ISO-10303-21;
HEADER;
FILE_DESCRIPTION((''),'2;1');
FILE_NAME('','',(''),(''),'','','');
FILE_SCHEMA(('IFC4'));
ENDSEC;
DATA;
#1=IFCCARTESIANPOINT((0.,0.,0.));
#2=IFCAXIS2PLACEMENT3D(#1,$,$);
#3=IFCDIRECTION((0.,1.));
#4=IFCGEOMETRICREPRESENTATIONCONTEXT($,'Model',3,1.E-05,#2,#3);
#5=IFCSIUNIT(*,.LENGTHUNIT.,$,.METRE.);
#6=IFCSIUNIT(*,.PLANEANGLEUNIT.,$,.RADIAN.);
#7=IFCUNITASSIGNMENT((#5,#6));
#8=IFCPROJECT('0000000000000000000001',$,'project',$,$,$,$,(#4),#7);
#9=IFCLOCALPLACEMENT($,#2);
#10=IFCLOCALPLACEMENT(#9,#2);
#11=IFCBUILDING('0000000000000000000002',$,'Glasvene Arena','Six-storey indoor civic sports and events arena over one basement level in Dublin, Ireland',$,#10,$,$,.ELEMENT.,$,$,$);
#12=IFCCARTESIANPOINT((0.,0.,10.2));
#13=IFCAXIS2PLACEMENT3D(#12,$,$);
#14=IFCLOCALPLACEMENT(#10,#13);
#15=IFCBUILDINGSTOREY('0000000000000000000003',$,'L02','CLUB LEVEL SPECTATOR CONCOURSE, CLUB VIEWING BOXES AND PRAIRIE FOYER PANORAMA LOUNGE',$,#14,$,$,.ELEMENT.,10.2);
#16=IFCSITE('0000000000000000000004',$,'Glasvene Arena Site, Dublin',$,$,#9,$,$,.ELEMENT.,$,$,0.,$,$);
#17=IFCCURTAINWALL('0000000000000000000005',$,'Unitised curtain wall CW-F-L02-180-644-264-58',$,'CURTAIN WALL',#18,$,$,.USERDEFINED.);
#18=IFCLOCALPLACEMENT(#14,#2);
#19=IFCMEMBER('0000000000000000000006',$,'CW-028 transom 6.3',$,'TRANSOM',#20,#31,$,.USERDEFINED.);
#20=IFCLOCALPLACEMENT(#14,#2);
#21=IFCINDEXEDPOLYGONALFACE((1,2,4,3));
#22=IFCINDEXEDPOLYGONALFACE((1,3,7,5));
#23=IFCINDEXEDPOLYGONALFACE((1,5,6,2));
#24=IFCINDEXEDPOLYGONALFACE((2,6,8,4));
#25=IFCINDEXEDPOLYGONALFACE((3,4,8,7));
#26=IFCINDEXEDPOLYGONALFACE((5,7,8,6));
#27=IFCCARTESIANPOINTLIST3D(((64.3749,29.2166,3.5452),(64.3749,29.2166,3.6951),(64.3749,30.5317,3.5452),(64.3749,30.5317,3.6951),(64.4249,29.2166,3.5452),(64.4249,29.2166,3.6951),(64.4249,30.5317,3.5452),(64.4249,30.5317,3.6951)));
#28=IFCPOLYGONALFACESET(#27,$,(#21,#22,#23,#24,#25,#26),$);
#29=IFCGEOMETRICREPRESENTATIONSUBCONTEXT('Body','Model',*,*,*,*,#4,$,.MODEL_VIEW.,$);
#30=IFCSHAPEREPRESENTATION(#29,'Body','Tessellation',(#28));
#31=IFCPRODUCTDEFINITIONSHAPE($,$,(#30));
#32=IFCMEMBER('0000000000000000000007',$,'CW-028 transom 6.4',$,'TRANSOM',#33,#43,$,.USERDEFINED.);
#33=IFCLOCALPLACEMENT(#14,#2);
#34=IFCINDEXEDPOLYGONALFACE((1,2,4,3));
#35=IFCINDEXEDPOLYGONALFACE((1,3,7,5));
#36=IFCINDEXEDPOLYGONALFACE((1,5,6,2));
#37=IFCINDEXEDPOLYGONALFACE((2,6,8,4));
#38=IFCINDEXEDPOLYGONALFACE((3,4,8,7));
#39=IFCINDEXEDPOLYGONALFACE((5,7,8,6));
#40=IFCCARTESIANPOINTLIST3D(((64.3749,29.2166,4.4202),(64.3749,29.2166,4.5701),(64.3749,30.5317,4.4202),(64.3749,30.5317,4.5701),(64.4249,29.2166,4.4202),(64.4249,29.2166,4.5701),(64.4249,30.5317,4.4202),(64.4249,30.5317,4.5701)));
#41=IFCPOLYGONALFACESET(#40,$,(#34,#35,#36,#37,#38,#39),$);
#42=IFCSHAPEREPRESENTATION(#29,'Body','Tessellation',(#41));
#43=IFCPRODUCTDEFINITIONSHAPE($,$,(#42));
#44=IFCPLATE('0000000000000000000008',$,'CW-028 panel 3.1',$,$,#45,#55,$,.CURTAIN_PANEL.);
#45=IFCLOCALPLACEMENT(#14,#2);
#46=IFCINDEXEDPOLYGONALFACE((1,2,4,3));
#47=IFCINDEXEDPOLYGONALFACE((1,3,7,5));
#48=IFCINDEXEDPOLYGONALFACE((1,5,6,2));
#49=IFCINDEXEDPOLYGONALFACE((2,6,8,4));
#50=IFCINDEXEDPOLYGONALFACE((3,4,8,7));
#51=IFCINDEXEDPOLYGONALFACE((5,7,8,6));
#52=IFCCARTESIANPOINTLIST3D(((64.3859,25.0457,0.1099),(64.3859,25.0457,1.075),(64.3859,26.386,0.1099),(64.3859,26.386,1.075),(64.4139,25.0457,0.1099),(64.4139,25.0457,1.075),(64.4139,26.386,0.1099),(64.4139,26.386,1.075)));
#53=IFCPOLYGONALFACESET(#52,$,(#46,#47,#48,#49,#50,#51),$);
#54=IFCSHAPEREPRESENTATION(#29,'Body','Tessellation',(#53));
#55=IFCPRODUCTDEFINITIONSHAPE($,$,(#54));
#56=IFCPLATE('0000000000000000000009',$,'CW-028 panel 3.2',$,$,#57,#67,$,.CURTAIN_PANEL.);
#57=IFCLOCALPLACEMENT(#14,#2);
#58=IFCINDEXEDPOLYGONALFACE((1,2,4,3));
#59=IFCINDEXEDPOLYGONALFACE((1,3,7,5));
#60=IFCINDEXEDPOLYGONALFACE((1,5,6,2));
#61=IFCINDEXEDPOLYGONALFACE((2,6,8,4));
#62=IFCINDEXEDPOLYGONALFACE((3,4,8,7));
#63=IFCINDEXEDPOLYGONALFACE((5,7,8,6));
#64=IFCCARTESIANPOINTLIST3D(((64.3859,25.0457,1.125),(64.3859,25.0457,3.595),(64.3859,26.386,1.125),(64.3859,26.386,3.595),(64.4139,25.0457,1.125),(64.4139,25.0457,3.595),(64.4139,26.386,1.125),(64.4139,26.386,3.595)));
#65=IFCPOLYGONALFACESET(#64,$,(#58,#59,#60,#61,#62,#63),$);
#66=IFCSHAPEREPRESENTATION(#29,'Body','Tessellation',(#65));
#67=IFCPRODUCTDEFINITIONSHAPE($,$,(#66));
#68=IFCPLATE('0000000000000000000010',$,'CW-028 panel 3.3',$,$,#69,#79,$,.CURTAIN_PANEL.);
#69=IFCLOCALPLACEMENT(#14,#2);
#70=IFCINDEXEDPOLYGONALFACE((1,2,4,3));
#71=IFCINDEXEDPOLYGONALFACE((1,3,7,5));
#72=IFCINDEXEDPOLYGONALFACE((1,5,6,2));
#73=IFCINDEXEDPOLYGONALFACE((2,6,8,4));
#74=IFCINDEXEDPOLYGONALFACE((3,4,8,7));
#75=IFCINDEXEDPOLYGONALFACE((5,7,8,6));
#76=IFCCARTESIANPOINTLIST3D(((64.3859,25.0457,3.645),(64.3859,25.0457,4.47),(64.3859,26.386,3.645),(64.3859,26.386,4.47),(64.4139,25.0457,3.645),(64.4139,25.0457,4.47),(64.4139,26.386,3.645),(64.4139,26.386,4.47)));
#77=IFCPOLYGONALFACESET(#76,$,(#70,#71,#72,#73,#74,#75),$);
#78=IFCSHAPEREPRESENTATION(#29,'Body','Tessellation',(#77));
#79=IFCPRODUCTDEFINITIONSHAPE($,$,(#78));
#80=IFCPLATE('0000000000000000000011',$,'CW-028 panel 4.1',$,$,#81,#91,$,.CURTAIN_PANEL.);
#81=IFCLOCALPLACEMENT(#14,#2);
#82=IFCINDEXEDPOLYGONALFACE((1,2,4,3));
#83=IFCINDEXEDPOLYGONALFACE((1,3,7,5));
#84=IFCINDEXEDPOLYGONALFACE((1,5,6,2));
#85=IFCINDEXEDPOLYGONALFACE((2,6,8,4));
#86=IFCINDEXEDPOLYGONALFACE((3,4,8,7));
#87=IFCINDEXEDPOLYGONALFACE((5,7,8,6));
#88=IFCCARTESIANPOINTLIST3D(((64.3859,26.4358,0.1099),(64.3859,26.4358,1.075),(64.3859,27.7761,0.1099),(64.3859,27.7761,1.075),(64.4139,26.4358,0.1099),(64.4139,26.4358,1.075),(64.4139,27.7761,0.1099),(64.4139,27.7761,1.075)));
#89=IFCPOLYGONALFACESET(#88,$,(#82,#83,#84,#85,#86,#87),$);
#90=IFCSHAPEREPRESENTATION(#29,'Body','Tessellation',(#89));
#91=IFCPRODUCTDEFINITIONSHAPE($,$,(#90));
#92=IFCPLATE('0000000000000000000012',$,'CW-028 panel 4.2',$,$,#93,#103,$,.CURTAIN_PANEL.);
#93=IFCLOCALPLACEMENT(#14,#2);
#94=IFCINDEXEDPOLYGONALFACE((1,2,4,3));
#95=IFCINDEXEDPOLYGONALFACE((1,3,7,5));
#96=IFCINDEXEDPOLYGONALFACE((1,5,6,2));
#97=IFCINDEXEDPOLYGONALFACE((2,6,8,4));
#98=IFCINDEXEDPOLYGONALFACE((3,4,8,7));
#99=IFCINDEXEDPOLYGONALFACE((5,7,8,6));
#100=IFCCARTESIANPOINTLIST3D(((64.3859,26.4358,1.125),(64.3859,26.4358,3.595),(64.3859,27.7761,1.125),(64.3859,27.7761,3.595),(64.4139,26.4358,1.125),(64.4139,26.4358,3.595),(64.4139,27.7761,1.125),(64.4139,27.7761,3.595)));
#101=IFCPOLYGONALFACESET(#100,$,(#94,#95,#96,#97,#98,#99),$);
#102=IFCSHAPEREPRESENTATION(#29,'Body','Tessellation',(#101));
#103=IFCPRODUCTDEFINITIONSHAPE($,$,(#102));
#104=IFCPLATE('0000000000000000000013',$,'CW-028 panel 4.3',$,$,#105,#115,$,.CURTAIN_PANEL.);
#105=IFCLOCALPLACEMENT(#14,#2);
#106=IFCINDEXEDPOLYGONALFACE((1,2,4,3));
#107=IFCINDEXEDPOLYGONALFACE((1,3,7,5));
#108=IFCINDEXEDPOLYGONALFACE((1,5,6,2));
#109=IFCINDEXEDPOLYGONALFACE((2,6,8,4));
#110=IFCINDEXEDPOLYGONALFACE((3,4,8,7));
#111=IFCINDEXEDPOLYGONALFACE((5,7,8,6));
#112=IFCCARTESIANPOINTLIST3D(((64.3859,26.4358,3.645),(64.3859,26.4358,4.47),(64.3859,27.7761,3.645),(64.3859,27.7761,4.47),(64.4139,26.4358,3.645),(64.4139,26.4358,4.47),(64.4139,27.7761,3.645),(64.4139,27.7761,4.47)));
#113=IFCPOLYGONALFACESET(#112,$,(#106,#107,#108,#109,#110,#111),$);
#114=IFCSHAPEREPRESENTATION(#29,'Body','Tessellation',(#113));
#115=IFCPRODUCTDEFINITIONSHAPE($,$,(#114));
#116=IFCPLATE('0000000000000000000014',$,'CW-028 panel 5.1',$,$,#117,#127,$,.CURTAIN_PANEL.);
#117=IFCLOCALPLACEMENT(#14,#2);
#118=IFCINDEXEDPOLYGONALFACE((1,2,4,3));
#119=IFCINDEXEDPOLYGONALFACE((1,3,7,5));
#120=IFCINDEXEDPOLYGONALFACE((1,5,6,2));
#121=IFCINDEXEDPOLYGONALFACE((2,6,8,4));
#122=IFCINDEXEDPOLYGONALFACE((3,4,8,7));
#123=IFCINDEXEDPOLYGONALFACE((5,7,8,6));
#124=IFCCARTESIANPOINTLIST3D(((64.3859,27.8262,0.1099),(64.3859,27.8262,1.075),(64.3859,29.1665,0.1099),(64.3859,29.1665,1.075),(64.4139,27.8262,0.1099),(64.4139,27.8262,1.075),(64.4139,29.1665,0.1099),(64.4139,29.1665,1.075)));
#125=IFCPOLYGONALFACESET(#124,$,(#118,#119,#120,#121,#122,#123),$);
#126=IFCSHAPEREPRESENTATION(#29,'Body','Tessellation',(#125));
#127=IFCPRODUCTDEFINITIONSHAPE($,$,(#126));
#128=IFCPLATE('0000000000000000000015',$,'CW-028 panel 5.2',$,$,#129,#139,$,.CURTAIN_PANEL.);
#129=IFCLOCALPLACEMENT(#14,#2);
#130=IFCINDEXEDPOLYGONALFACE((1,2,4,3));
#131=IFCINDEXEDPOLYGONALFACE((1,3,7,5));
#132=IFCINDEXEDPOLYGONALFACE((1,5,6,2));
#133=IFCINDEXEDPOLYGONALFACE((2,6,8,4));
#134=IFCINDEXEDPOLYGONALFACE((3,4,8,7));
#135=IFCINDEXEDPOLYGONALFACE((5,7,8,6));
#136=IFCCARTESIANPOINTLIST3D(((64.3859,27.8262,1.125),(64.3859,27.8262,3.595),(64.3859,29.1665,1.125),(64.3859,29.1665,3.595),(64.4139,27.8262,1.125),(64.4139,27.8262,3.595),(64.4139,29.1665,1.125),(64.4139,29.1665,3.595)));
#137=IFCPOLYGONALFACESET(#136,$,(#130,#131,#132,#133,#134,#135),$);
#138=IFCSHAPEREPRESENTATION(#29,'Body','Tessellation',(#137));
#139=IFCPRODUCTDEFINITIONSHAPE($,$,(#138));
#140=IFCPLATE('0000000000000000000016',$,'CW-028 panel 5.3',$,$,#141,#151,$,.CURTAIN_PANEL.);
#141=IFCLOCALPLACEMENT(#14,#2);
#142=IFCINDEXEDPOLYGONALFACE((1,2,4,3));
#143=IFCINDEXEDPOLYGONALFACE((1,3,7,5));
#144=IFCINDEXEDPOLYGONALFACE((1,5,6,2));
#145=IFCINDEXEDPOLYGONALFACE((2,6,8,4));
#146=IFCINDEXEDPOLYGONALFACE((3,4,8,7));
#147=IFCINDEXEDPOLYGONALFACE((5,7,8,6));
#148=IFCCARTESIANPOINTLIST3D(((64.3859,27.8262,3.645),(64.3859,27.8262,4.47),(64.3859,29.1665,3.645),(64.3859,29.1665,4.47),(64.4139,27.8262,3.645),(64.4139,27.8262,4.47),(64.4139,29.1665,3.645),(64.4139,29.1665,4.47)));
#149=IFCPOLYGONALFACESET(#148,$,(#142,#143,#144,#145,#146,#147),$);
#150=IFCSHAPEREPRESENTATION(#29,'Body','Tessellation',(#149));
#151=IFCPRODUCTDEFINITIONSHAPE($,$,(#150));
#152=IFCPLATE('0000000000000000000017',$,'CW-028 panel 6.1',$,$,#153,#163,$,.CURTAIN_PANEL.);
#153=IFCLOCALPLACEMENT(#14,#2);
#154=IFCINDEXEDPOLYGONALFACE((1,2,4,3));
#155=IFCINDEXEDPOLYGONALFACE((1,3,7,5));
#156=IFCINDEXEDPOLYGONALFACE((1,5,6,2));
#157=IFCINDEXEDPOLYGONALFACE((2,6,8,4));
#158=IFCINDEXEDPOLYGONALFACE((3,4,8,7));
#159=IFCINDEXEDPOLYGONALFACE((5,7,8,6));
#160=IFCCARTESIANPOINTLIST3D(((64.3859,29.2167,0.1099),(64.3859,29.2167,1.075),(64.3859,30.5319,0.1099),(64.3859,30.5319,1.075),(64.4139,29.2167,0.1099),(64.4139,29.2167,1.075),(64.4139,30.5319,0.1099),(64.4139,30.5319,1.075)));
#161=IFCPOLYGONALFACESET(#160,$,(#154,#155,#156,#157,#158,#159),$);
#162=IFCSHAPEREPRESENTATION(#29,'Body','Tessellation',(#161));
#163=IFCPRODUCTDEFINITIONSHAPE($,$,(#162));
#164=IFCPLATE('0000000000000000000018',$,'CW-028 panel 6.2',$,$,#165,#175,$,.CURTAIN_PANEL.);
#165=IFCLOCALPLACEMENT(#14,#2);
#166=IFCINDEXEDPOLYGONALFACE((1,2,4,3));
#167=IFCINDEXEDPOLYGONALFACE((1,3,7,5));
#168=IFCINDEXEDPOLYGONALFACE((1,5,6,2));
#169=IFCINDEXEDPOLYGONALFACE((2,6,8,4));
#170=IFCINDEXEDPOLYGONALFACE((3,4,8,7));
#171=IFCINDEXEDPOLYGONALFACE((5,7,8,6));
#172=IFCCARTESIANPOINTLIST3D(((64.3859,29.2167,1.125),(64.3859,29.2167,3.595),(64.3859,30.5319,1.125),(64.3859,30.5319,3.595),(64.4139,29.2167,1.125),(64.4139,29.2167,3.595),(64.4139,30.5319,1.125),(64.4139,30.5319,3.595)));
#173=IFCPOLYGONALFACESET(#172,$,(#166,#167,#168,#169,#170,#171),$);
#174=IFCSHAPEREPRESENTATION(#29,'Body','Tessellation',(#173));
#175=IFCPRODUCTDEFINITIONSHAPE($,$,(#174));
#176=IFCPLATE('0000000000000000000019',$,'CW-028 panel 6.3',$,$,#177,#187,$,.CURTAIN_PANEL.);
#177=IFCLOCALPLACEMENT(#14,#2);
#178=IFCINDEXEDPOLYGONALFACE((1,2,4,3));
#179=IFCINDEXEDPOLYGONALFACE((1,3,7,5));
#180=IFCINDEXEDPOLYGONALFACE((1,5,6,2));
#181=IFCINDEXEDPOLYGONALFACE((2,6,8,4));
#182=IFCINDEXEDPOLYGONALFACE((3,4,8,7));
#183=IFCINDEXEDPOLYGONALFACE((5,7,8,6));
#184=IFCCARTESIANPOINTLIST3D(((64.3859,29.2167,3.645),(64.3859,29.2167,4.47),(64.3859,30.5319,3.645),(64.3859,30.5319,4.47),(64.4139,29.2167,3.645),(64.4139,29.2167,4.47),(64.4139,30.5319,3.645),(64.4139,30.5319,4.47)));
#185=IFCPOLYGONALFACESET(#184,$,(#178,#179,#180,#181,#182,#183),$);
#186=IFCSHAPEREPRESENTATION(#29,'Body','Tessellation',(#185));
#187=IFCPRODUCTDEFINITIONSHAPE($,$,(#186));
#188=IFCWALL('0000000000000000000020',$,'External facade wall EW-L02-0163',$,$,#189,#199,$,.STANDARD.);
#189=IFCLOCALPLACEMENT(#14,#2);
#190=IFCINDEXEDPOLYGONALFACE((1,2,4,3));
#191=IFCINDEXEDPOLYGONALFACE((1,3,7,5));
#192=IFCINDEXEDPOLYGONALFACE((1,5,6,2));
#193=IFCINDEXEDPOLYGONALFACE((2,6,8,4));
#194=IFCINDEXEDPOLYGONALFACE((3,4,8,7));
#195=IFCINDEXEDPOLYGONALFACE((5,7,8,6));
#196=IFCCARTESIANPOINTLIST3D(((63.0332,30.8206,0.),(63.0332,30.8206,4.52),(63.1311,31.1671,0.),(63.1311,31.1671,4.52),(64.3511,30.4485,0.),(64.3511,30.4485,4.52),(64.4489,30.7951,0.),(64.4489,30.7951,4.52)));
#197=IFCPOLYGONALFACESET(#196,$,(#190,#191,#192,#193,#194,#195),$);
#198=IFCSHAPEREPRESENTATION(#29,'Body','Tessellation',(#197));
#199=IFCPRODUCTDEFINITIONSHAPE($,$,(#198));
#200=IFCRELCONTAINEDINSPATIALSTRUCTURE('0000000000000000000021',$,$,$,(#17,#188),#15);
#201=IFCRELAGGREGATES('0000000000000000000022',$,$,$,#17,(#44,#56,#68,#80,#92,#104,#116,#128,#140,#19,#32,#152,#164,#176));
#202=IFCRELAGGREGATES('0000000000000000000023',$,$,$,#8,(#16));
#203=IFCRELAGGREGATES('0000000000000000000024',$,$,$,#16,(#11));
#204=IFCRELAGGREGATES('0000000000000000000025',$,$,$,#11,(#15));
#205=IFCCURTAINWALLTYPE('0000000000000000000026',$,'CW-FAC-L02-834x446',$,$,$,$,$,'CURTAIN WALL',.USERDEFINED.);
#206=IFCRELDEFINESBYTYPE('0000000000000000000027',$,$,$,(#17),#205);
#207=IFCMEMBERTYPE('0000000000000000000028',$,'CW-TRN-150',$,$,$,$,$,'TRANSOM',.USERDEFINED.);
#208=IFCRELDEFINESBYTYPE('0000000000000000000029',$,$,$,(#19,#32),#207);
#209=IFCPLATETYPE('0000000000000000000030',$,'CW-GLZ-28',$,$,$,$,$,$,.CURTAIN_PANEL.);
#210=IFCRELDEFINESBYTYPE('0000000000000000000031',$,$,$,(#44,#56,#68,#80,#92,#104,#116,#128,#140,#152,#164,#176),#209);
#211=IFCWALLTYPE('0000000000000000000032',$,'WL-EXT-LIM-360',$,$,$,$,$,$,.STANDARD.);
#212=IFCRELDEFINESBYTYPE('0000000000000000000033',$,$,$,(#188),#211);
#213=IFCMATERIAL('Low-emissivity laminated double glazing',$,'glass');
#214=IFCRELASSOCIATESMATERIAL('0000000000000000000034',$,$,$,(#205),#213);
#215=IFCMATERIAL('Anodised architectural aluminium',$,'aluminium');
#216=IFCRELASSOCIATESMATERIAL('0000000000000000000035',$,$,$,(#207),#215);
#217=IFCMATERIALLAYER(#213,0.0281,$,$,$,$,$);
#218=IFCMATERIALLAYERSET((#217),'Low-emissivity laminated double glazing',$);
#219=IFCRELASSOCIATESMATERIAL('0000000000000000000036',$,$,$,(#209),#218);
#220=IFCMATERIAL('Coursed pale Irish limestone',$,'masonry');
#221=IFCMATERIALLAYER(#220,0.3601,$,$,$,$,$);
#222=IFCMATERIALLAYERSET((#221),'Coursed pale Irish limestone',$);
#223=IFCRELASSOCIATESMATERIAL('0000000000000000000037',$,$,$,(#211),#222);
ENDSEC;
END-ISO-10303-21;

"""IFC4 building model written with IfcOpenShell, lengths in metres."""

from ifc_helpers import new_model, si_unit, direction, frame, frame_2d, origin, origin_2d, place, context, subcontext, project, spatial, rectangle, extrude, material, layer, layer_set, material_profile, profile_set, type_object, element, aggregate, save


model = new_model("IFC4")

# Units and contexts
model_context = context("Model", 3, precision=1e-05, world=origin(), true_north=direction((0.0, 1.0)))
body_context = subcontext(model_context, "Body", "Model", "MODEL_VIEW")
ifc_project = project(units=[si_unit("LENGTHUNIT", "METRE"), si_unit("PLANEANGLEUNIT", "RADIAN")], contexts=[model_context])

# Site, building, storey
site_placement = place(None, origin())
site = spatial("IfcSite", under=ifc_project, at=site_placement, Name="Glasvene Arena Site, Dublin", CompositionType="ELEMENT", RefElevation=0.0)
building_placement = place(site_placement, origin())
building = spatial("IfcBuilding", under=site, at=building_placement, Name="Glasvene Arena", Description="Six-storey indoor civic sports and events arena over one basement level in Dublin, Ireland", CompositionType="ELEMENT")
storey_placement = place(building_placement, frame((0.0, 0.0, 10.2)))
storey = spatial("IfcBuildingStorey", under=building, at=storey_placement, Name="L02", Description="CLUB LEVEL SPECTATOR CONCOURSE, CLUB VIEWING BOXES AND PRAIRIE FOYER PANORAMA LOUNGE", CompositionType="ELEMENT", Elevation=10.2)

# Curtain wall, members, plates
ifc_material_1 = material(Name="Low-emissivity laminated double glazing", Category="glass")
curtain_wall_type = type_object("IfcCurtainWallType", Name="CW-FAC-L02-834x446", ElementType="CURTAIN WALL", PredefinedType="USERDEFINED", material=ifc_material_1)
curtain_wall_placement = place(storey_placement, frame((64.3999, 22.24, 0.0)))
curtain_wall = element("IfcCurtainWall", 1, at=curtain_wall_placement, inside=storey, type_object=curtain_wall_type, Name="Unitised curtain wall CW-F-L02-180-644-264-58", ObjectType="CURTAIN WALL", PredefinedType="USERDEFINED")
ifc_material_2 = material(Name="Anodised architectural aluminium", Category="aluminium")
ifc_material_profile_1 = material_profile(ifc_material_2, rectangle(XDim=0.05, YDim=0.1499, at=origin_2d()), Name="ALU TRANSOM 50x150")
ifc_profile_set_1 = profile_set([ifc_material_profile_1], Name="Anodised architectural aluminium")
member_type_1 = type_object("IfcMemberType", Name="CW-TRN-150", ElementType="TRANSOM", PredefinedType="USERDEFINED", material=ifc_profile_set_1)
member_1_placement = place(storey_placement, frame((64.3999, 29.2166, 3.6201), z_axis=(0.0, 1.0, 0.0), x_axis=(-1.0, 0.0, 0.0)))
member_1 = element("IfcMember", 2, at=member_1_placement, type_object=member_type_1, Name="CW-028 transom 6.3", ObjectType="TRANSOM", PredefinedType="USERDEFINED", context=body_context, shape_type="SweptSolid", body=[
    extrude(rectangle(XDim=0.05, YDim=0.1499, at=origin_2d()), origin(), (0.0, 0.0, 1.0), 1.3152),
])
member_2_placement = place(storey_placement, frame((64.3999, 29.2166, 4.4951), z_axis=(0.0, 1.0, 0.0), x_axis=(-1.0, 0.0, 0.0)))
member_2 = element("IfcMember", 3, at=member_2_placement, type_object=member_type_1, Name="CW-028 transom 6.4", ObjectType="TRANSOM", PredefinedType="USERDEFINED", context=body_context, shape_type="SweptSolid", body=[
    extrude(rectangle(XDim=0.05, YDim=0.1499, at=origin_2d()), origin(), (0.0, 0.0, 1.0), 1.3152),
])
ifc_layer_1 = layer(ifc_material_1, 0.0281)
ifc_layer_set_1 = layer_set([ifc_layer_1], Name="Low-emissivity laminated double glazing")
plate_type = type_object("IfcPlateType", Name="CW-GLZ-28", PredefinedType="CURTAIN_PANEL", material=ifc_layer_set_1)
plate_1_placement = place(storey_placement, frame((64.3999, 25.7158, 0.1099), z_axis=(0.0, 0.0, 1.0), x_axis=(0.0, 1.0, 0.0)))
plate_1 = element("IfcPlate", 4, at=plate_1_placement, type_object=plate_type, Name="CW-028 panel 3.1", PredefinedType="CURTAIN_PANEL", context=body_context, shape_type="SweptSolid", body=[
    extrude(rectangle(XDim=1.3403, YDim=0.0281, at=origin_2d()), origin(), (0.0, 0.0, 1.0), 0.9651),
])
plate_2_placement = place(storey_placement, frame((64.3999, 25.7158, 1.125), z_axis=(0.0, 0.0, 1.0), x_axis=(0.0, 1.0, 0.0)))
plate_2 = element("IfcPlate", 5, at=plate_2_placement, type_object=plate_type, Name="CW-028 panel 3.2", PredefinedType="CURTAIN_PANEL", context=body_context, shape_type="SweptSolid", body=[
    extrude(rectangle(XDim=1.3403, YDim=0.0281, at=origin_2d()), origin(), (0.0, 0.0, 1.0), 2.47),
])
plate_3_placement = place(storey_placement, frame((64.3999, 25.7158, 3.645), z_axis=(0.0, 0.0, 1.0), x_axis=(0.0, 1.0, 0.0)))
plate_3 = element("IfcPlate", 6, at=plate_3_placement, type_object=plate_type, Name="CW-028 panel 3.3", PredefinedType="CURTAIN_PANEL", context=body_context, shape_type="SweptSolid", body=[
    extrude(rectangle(XDim=1.3403, YDim=0.0281, at=origin_2d()), origin(), (0.0, 0.0, 1.0), 0.825),
])
plate_4_placement = place(storey_placement, frame((64.3999, 27.106, 0.1099), z_axis=(0.0, 0.0, 1.0), x_axis=(0.0, 1.0, 0.0)))
plate_4 = element("IfcPlate", 7, at=plate_4_placement, type_object=plate_type, Name="CW-028 panel 4.1", PredefinedType="CURTAIN_PANEL", context=body_context, shape_type="SweptSolid", body=[
    extrude(rectangle(XDim=1.3403, YDim=0.0281, at=origin_2d()), origin(), (0.0, 0.0, 1.0), 0.9651),
])
plate_5_placement = place(storey_placement, frame((64.3999, 27.106, 1.125), z_axis=(0.0, 0.0, 1.0), x_axis=(0.0, 1.0, 0.0)))
plate_5 = element("IfcPlate", 8, at=plate_5_placement, type_object=plate_type, Name="CW-028 panel 4.2", PredefinedType="CURTAIN_PANEL", context=body_context, shape_type="SweptSolid", body=[
    extrude(rectangle(XDim=1.3403, YDim=0.0281, at=origin_2d()), origin(), (0.0, 0.0, 1.0), 2.47),
])
plate_6_placement = place(storey_placement, frame((64.3999, 27.106, 3.645), z_axis=(0.0, 0.0, 1.0), x_axis=(0.0, 1.0, 0.0)))
plate_6 = element("IfcPlate", 9, at=plate_6_placement, type_object=plate_type, Name="CW-028 panel 4.3", PredefinedType="CURTAIN_PANEL", context=body_context, shape_type="SweptSolid", body=[
    extrude(rectangle(XDim=1.3403, YDim=0.0281, at=origin_2d()), origin(), (0.0, 0.0, 1.0), 0.825),
])
plate_7_placement = place(storey_placement, frame((64.3999, 28.4963, 0.1099), z_axis=(0.0, 0.0, 1.0), x_axis=(0.0, 1.0, 0.0)))
plate_7 = element("IfcPlate", 10, at=plate_7_placement, type_object=plate_type, Name="CW-028 panel 5.1", PredefinedType="CURTAIN_PANEL", context=body_context, shape_type="SweptSolid", body=[
    extrude(rectangle(XDim=1.3403, YDim=0.0281, at=origin_2d()), origin(), (0.0, 0.0, 1.0), 0.9651),
])
plate_8_placement = place(storey_placement, frame((64.3999, 28.4963, 1.125), z_axis=(0.0, 0.0, 1.0), x_axis=(0.0, 1.0, 0.0)))
plate_8 = element("IfcPlate", 11, at=plate_8_placement, type_object=plate_type, Name="CW-028 panel 5.2", PredefinedType="CURTAIN_PANEL", context=body_context, shape_type="SweptSolid", body=[
    extrude(rectangle(XDim=1.3403, YDim=0.0281, at=origin_2d()), origin(), (0.0, 0.0, 1.0), 2.47),
])
plate_9_placement = place(storey_placement, frame((64.3999, 28.4963, 3.645), z_axis=(0.0, 0.0, 1.0), x_axis=(0.0, 1.0, 0.0)))
plate_9 = element("IfcPlate", 12, at=plate_9_placement, type_object=plate_type, Name="CW-028 panel 5.3", PredefinedType="CURTAIN_PANEL", context=body_context, shape_type="SweptSolid", body=[
    extrude(rectangle(XDim=1.3403, YDim=0.0281, at=origin_2d()), origin(), (0.0, 0.0, 1.0), 0.825),
])
plate_10_placement = place(storey_placement, frame((64.3999, 29.8743, 0.1099), z_axis=(0.0, 0.0, 1.0), x_axis=(0.0, 1.0, 0.0)))
plate_10 = element("IfcPlate", 13, at=plate_10_placement, type_object=plate_type, Name="CW-028 panel 6.1", PredefinedType="CURTAIN_PANEL", context=body_context, shape_type="SweptSolid", body=[
    extrude(rectangle(XDim=1.3152, YDim=0.0281, at=origin_2d()), origin(), (0.0, 0.0, 1.0), 0.9651),
])
plate_11_placement = place(storey_placement, frame((64.3999, 29.8743, 1.125), z_axis=(0.0, 0.0, 1.0), x_axis=(0.0, 1.0, 0.0)))
plate_11 = element("IfcPlate", 14, at=plate_11_placement, type_object=plate_type, Name="CW-028 panel 6.2", PredefinedType="CURTAIN_PANEL", context=body_context, shape_type="SweptSolid", body=[
    extrude(rectangle(XDim=1.3152, YDim=0.0281, at=origin_2d()), origin(), (0.0, 0.0, 1.0), 2.47),
])
plate_12_placement = place(storey_placement, frame((64.3999, 29.8743, 3.645), z_axis=(0.0, 0.0, 1.0), x_axis=(0.0, 1.0, 0.0)))
plate_12 = element("IfcPlate", 15, at=plate_12_placement, type_object=plate_type, Name="CW-028 panel 6.3", PredefinedType="CURTAIN_PANEL", context=body_context, shape_type="SweptSolid", body=[
    extrude(rectangle(XDim=1.3152, YDim=0.0281, at=origin_2d()), origin(), (0.0, 0.0, 1.0), 0.825),
])
aggregate(curtain_wall, [plate_1, plate_2, plate_3, plate_4, plate_5, plate_6, plate_7, plate_8, plate_9, member_1, member_2, plate_10, plate_11, plate_12])

# Wall
ifc_material_3 = material(Name="Coursed pale Irish limestone", Category="masonry")
ifc_layer_2 = layer(ifc_material_3, 0.3601)
ifc_layer_set_2 = layer_set([ifc_layer_2], Name="Coursed pale Irish limestone")
wall_type_1 = type_object("IfcWallType", Name="WL-EXT-LIM-360", PredefinedType="STANDARD", material=ifc_layer_set_2)
wall_1_placement = place(storey_placement, frame((64.3999, 30.6218, 0.0), z_axis=(0.0, 0.0, 1.0), x_axis=(-0.96238, 0.271706, 0.0)))
element("IfcWall", 16, at=wall_1_placement, inside=storey, type_object=wall_type_1, Name="External facade wall EW-L02-0163", PredefinedType="STANDARD", context=body_context, shape_type="SweptSolid", body=[
    extrude(rectangle(XDim=1.3694, YDim=0.3601, at=frame_2d((0.6846, 0.0))), origin(), (0.0, 0.0, 1.0), 4.52),
])

save(model, "model.ifc")
